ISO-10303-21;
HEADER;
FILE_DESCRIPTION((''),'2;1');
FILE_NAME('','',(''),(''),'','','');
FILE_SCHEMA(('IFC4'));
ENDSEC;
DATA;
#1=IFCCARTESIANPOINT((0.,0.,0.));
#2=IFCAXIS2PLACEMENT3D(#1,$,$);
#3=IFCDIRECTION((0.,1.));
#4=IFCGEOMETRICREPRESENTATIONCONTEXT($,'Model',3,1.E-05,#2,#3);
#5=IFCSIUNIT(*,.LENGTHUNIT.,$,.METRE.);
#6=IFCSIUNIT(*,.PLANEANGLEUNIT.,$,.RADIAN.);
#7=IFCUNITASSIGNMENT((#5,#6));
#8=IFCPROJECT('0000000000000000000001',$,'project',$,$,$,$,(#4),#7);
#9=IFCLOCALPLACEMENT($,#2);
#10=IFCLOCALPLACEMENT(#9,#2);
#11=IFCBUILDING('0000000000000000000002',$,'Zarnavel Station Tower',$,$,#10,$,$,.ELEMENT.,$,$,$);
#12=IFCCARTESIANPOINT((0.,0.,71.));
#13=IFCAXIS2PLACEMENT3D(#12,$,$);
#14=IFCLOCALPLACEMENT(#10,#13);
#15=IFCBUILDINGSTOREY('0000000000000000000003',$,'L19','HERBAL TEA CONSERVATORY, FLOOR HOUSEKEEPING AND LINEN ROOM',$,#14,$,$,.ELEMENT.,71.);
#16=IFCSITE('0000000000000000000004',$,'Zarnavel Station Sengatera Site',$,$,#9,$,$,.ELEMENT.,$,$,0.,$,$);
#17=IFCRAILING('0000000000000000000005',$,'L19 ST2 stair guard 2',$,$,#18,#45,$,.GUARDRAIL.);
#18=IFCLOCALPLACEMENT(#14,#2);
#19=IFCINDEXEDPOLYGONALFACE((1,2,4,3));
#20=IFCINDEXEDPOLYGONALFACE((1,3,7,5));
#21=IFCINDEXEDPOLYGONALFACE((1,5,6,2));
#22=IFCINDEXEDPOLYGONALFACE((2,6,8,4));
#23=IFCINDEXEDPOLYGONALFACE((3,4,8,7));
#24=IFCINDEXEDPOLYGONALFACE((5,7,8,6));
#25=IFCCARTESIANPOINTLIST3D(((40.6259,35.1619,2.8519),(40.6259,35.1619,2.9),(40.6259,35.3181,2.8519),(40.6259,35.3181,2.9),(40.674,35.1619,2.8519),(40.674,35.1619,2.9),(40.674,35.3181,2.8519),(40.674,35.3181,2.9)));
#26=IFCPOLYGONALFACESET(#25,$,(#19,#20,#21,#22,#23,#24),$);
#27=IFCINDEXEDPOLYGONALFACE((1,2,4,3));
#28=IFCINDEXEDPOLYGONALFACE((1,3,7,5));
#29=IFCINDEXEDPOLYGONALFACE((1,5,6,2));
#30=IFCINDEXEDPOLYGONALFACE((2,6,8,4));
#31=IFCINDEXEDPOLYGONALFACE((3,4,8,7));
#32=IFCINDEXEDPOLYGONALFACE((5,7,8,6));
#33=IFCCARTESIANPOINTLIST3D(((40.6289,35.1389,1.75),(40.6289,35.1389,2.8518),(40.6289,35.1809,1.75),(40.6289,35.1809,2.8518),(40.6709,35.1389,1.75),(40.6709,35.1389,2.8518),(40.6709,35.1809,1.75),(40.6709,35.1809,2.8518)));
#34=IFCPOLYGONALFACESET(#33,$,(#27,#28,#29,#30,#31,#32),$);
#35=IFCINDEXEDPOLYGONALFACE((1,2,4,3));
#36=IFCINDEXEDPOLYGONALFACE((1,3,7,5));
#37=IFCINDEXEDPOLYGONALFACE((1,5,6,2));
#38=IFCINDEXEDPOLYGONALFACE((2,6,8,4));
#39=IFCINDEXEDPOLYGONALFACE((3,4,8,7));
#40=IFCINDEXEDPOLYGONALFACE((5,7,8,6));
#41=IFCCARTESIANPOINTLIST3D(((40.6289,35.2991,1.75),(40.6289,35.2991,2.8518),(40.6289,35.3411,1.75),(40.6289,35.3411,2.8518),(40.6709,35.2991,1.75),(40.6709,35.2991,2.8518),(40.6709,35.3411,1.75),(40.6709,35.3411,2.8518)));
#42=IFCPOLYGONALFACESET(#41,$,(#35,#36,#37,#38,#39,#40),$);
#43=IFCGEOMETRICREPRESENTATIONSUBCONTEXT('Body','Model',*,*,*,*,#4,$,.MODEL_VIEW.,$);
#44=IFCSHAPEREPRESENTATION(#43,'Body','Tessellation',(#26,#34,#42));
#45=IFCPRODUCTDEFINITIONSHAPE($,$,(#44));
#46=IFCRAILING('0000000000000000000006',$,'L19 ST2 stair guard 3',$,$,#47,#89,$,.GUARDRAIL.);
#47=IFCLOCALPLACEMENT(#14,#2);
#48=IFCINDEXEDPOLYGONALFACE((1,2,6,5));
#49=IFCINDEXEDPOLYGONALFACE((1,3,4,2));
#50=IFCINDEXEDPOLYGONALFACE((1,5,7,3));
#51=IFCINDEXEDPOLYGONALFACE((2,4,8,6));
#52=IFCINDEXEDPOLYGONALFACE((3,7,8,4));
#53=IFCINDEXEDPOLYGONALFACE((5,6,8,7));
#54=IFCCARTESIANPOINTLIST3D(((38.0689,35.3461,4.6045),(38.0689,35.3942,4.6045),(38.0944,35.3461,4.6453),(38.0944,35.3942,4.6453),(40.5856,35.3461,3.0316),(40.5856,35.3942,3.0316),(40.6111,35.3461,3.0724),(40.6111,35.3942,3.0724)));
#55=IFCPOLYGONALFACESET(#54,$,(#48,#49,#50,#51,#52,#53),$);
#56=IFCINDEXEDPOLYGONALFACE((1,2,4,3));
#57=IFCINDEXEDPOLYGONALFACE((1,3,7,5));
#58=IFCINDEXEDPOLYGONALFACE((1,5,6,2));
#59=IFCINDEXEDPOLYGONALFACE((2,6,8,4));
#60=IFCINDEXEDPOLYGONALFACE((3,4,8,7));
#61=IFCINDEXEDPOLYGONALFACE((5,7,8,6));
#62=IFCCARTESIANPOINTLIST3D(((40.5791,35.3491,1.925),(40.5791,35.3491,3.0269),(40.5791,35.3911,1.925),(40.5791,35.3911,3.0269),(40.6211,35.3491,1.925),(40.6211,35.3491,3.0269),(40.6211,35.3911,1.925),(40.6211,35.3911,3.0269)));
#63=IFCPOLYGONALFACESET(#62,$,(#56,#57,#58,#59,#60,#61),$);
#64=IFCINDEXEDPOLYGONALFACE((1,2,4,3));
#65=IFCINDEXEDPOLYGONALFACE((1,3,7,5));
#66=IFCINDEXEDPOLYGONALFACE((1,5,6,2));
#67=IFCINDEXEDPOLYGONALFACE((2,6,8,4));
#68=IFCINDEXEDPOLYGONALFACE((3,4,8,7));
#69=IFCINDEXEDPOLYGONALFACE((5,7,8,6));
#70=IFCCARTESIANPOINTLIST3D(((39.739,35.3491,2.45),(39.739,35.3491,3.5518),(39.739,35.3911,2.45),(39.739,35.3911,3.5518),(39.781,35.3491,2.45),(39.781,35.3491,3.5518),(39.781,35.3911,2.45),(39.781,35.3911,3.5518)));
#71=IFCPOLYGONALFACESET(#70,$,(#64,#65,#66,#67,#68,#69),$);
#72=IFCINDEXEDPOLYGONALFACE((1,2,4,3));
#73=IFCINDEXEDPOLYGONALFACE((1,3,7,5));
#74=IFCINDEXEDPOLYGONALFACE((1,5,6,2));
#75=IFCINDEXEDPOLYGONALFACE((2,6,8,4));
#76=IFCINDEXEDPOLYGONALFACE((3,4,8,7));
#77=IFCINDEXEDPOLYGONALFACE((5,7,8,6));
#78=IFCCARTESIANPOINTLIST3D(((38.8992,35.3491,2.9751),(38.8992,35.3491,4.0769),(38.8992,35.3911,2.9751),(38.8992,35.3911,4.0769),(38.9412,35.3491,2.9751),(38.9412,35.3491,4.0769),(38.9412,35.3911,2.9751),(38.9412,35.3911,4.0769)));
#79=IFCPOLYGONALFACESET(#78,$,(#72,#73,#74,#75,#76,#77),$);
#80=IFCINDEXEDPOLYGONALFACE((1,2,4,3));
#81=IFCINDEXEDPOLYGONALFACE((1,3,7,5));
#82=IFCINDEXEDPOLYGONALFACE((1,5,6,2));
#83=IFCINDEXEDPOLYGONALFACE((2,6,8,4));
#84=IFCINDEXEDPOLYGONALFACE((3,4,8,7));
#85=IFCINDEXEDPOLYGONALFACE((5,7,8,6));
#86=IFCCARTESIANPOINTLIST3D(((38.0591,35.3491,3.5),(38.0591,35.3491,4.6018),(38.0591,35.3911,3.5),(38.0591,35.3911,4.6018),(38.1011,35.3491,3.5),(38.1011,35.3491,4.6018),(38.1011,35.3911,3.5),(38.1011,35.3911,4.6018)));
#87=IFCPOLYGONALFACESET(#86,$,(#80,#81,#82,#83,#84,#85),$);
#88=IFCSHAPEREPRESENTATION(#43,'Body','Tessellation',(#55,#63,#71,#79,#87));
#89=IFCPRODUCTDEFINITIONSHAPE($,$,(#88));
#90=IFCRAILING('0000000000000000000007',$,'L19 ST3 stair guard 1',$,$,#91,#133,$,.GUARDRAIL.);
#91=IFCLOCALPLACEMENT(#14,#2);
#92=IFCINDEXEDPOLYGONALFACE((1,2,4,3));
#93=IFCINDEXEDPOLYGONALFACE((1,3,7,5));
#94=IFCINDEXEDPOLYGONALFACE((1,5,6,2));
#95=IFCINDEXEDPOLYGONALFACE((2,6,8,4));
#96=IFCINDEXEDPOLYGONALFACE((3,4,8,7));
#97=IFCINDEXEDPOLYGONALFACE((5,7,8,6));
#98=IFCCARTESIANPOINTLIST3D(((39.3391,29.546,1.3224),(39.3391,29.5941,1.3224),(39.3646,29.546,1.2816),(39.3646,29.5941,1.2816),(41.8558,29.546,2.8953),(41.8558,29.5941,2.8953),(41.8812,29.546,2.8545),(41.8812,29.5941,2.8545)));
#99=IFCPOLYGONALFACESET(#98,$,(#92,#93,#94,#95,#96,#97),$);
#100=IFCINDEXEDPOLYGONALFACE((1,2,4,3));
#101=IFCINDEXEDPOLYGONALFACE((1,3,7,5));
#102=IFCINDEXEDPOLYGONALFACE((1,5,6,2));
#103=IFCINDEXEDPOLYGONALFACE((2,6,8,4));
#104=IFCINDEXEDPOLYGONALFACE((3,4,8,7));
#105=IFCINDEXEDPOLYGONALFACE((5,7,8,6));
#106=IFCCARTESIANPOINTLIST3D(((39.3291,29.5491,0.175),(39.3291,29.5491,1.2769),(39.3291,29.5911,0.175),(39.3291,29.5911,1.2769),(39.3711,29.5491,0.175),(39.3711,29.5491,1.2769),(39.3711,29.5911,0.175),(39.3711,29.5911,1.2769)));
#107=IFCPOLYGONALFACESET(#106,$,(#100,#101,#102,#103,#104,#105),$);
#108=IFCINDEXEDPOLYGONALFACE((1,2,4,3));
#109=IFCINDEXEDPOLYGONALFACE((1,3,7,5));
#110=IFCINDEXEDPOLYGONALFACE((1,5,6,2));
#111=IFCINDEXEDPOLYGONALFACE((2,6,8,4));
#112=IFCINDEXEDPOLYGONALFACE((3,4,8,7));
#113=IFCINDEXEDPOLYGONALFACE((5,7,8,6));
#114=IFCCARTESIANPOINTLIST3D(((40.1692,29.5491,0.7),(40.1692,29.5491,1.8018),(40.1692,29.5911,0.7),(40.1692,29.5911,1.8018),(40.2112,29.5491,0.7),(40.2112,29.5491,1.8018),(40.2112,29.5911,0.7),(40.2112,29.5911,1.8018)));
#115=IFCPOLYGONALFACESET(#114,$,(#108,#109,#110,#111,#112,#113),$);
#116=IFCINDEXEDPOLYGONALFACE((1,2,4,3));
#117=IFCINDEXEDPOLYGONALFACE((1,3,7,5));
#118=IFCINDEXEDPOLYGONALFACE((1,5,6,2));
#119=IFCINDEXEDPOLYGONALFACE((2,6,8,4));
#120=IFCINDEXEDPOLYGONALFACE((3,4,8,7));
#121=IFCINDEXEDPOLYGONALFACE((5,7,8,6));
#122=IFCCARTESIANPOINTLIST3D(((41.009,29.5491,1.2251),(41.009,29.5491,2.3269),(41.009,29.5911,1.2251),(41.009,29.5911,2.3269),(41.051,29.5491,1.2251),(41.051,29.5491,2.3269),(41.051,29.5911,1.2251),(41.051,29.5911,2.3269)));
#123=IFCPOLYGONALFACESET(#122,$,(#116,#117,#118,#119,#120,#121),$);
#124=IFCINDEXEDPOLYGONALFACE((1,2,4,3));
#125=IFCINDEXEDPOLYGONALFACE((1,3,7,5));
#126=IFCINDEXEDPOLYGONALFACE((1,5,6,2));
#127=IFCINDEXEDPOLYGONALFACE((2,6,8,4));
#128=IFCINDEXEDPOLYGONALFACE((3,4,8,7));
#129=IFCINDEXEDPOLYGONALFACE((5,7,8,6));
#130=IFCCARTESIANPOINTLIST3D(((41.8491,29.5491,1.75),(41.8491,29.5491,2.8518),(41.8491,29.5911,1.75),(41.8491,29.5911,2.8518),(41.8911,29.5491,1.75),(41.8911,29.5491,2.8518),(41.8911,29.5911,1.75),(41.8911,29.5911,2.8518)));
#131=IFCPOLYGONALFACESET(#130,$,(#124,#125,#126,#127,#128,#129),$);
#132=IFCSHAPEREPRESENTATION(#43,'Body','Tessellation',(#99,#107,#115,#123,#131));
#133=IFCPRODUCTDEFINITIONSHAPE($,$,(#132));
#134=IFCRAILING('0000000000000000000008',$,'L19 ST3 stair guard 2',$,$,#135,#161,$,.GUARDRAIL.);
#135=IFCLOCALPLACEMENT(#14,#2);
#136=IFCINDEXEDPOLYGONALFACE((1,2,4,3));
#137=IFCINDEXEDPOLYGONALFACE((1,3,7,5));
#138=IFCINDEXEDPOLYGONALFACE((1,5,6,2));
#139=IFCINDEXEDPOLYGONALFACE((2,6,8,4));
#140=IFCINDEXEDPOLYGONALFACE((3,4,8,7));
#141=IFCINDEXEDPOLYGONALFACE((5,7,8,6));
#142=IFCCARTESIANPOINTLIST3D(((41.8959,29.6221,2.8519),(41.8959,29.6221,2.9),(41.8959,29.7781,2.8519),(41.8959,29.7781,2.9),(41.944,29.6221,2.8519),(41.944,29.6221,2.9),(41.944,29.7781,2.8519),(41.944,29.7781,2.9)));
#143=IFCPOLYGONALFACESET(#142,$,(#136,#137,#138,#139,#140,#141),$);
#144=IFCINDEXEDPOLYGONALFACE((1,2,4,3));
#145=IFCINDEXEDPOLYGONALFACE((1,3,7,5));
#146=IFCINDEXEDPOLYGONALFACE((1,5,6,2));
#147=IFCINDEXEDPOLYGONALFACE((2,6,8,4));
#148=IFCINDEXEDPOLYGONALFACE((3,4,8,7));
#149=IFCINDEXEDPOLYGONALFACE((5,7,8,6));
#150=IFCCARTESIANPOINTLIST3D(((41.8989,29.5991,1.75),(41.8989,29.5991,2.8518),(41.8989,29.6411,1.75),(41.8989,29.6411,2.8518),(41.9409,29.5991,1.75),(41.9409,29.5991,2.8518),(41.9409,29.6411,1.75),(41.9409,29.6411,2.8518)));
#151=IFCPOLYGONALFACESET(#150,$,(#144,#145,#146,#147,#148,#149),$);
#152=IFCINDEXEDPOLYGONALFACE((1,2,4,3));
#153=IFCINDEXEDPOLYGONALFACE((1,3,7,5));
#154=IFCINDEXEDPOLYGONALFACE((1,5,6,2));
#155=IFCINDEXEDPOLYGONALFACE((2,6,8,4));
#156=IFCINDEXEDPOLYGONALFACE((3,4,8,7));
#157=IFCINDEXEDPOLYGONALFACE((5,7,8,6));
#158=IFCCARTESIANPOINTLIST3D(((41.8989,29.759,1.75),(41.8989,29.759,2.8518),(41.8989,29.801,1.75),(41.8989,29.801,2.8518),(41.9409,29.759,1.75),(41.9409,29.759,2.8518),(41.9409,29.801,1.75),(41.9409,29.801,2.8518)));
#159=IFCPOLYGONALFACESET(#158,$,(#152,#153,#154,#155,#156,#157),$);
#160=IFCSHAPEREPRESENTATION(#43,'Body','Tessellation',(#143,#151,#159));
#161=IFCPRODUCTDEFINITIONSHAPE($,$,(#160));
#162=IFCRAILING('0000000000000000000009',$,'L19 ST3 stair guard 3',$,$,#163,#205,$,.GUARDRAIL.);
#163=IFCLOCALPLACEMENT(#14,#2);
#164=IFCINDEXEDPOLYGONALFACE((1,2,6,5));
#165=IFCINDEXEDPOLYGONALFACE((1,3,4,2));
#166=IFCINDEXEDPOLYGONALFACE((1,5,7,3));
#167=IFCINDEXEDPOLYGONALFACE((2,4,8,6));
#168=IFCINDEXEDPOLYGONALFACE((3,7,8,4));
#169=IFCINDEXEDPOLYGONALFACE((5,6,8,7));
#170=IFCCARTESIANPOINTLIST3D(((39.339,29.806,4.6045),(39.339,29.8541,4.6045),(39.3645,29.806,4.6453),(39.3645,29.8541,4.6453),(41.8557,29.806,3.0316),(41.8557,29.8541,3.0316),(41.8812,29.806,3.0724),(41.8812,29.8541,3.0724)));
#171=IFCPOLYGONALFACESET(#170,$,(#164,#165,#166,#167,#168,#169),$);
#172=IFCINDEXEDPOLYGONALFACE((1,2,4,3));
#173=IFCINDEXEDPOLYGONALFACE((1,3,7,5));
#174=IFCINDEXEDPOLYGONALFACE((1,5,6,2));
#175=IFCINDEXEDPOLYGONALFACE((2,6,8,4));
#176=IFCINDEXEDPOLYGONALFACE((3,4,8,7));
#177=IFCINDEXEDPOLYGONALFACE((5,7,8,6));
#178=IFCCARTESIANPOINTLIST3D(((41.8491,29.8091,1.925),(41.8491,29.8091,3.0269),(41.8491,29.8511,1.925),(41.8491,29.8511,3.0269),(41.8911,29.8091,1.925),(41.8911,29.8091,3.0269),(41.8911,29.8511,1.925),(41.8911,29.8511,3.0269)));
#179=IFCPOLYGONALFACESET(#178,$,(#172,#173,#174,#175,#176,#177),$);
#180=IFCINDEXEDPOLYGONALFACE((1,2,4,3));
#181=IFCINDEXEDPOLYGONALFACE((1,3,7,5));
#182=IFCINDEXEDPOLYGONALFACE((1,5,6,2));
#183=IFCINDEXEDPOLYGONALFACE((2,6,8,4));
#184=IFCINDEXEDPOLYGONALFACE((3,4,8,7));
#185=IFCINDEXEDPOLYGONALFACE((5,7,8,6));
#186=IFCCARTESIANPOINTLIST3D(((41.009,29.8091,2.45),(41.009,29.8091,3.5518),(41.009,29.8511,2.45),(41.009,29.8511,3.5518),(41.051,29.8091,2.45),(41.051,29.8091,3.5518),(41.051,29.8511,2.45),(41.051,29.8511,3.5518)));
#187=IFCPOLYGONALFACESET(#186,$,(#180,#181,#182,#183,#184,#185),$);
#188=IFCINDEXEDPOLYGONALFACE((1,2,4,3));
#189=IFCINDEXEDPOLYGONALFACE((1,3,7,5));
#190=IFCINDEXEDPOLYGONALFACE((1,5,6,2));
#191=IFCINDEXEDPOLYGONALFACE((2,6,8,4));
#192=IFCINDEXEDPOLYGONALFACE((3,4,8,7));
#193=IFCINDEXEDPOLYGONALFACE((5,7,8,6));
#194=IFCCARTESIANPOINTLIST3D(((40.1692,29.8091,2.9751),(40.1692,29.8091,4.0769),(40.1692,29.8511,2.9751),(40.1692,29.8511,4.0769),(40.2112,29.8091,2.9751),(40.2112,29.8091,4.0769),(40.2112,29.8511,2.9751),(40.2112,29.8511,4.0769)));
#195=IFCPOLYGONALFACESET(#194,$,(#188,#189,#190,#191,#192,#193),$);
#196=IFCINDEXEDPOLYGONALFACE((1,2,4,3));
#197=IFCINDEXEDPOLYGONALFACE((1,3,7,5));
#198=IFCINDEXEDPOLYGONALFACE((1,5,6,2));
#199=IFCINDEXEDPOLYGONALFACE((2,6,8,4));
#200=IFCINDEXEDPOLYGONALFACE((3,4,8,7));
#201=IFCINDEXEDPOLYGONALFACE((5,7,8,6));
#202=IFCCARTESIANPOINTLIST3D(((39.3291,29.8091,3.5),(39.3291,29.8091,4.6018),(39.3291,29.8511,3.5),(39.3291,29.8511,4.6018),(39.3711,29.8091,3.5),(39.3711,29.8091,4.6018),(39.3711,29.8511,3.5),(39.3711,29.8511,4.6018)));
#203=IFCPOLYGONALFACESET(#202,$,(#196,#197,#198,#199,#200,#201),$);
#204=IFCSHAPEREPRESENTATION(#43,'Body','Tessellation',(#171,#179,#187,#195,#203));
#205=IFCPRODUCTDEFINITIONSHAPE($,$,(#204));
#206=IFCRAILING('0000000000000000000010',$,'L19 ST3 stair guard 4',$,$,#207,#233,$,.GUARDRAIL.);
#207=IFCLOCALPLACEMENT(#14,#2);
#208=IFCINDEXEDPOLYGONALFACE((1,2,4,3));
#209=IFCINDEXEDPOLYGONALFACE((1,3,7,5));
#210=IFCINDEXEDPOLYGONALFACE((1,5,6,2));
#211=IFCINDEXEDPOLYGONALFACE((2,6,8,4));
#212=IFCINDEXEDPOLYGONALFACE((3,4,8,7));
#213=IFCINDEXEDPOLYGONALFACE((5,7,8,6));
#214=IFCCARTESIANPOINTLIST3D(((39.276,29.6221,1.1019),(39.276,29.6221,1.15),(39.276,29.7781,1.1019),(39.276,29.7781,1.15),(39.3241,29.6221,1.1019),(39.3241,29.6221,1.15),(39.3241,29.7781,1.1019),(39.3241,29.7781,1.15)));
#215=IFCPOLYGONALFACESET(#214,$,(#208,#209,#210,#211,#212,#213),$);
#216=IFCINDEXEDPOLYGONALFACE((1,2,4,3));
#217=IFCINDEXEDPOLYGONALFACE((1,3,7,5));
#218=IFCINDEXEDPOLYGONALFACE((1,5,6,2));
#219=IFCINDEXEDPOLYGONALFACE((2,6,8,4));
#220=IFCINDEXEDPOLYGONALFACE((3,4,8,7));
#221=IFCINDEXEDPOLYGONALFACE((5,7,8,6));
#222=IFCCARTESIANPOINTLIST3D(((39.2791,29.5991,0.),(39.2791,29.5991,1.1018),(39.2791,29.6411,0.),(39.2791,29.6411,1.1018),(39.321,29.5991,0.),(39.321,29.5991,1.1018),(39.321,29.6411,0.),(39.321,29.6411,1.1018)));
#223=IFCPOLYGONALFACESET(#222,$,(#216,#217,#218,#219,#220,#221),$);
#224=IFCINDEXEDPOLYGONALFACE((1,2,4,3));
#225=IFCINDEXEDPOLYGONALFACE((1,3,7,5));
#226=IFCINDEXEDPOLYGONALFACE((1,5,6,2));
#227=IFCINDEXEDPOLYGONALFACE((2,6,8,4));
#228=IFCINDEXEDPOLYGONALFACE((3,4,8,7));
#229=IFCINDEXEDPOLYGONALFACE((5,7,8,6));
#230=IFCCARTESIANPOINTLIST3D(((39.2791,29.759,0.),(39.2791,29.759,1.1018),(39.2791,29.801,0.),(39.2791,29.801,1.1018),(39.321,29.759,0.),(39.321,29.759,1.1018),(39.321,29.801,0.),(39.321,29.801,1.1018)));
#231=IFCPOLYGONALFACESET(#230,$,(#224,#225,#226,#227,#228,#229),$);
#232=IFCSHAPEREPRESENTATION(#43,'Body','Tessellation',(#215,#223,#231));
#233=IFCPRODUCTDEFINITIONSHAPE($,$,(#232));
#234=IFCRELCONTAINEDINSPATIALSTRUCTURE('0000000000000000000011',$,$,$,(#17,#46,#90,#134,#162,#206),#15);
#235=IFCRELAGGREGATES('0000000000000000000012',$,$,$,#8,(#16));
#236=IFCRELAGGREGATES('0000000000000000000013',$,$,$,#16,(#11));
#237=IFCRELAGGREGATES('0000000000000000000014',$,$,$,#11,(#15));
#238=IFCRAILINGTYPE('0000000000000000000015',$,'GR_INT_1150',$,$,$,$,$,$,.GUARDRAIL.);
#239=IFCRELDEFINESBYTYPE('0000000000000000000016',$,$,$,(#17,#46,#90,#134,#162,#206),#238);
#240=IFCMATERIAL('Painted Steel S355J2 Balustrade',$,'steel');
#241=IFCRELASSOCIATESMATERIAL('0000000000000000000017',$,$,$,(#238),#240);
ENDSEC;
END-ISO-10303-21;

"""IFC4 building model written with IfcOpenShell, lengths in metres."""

from ifc_helpers import new_model, si_unit, direction, frame, origin, origin_2d, place, context, subcontext, project, spatial, rectangle, extrude, material, type_object, element, save


model = new_model("IFC4")

# Units and contexts
model_context = context("Model", 3, precision=1e-05, world=origin(), true_north=direction((0.0, 1.0)))
body_context = subcontext(model_context, "Body", "Model", "MODEL_VIEW")
ifc_project = project(units=[si_unit("LENGTHUNIT", "METRE"), si_unit("PLANEANGLEUNIT", "RADIAN")], contexts=[model_context])

# Site, building, storey
site_placement = place(None, origin())
site = spatial("IfcSite", under=ifc_project, at=site_placement, Name="Zarnavel Station Sengatera Site", CompositionType="ELEMENT", RefElevation=0.0)
building_placement = place(site_placement, origin())
building = spatial("IfcBuilding", under=site, at=building_placement, Name="Zarnavel Station Tower", CompositionType="ELEMENT")
storey_placement = place(building_placement, frame((0.0, 0.0, 71.0)))
storey = spatial("IfcBuildingStorey", under=building, at=storey_placement, Name="L19", Description="HERBAL TEA CONSERVATORY, FLOOR HOUSEKEEPING AND LINEN ROOM", CompositionType="ELEMENT", Elevation=71.0)

# Railings
ifc_material_1 = material(Name="Painted Steel S355J2 Balustrade", Category="steel")
railing_type_1 = type_object("IfcRailingType", Name="GR_INT_1150", PredefinedType="GUARDRAIL", material=ifc_material_1)
railing_1_placement = place(storey_placement, frame((40.6499, 35.1599, 1.75)))
element("IfcRailing", 1, at=railing_1_placement, inside=storey, type_object=railing_type_1, Name="L19 ST2 stair guard 2", PredefinedType="GUARDRAIL", context=body_context, shape_type="SweptSolid", body=[
    extrude(rectangle(XDim=0.0481, YDim=0.0481, at=origin_2d()), frame((0.0, 0.002, 1.126), z_axis=(0.0, 1.0, 0.0), x_axis=(-1.0, 0.0, 0.0)), (0.0, 0.0, 1.0), 0.1562),
    extrude(rectangle(XDim=0.042, YDim=0.042, at=origin_2d()), origin(), (0.0, 0.0, 1.0), 1.1018),
    extrude(rectangle(XDim=0.042, YDim=0.042, at=origin_2d()), frame((0.0, 0.1602, 0.0)), (0.0, 0.0, 1.0), 1.1018),
])
railing_2_placement = place(storey_placement, frame((40.6001, 35.3701, 1.925)))
element("IfcRailing", 2, at=railing_2_placement, inside=storey, type_object=railing_type_1, Name="L19 ST2 stair guard 3", PredefinedType="GUARDRAIL", context=body_context, shape_type="SweptSolid", body=[
    extrude(rectangle(XDim=0.0481, YDim=0.0481, at=origin_2d()), frame((-0.0017, 0.0, 1.127), z_axis=(-0.848008, 0.0, 0.529984), x_axis=(0.0, -1.0, 0.0)), (0.0, 0.0, 1.0), 2.9678),
    extrude(rectangle(XDim=0.042, YDim=0.042, at=origin_2d()), origin(), (0.0, 0.0, 1.0), 1.1018),
    extrude(rectangle(XDim=0.042, YDim=0.042, at=origin_2d()), frame((-0.8401, 0.0, 0.5249)), (0.0, 0.0, 1.0), 1.1018),
    extrude(rectangle(XDim=0.042, YDim=0.042, at=origin_2d()), frame((-1.6799, 0.0, 1.05)), (0.0, 0.0, 1.0), 1.1018),
    extrude(rectangle(XDim=0.042, YDim=0.042, at=origin_2d()), frame((-2.52, 0.0, 1.575)), (0.0, 0.0, 1.0), 1.1018),
])
railing_3_placement = place(storey_placement, frame((39.3501, 29.5701, 0.175)))
element("IfcRailing", 3, at=railing_3_placement, inside=storey, type_object=railing_type_1, Name="L19 ST3 stair guard 1", PredefinedType="GUARDRAIL", context=body_context, shape_type="SweptSolid", body=[
    extrude(rectangle(XDim=0.0481, YDim=0.0481, at=origin_2d()), frame((0.0017, 0.0, 1.127), z_axis=(0.848008, 0.0, 0.529984), x_axis=(0.0, 1.0, 0.0)), (0.0, 0.0, 1.0), 2.9678),
    extrude(rectangle(XDim=0.042, YDim=0.042, at=origin_2d()), origin(), (0.0, 0.0, 1.0), 1.1018),
    extrude(rectangle(XDim=0.042, YDim=0.042, at=origin_2d()), frame((0.8401, 0.0, 0.5249)), (0.0, 0.0, 1.0), 1.1018),
    extrude(rectangle(XDim=0.042, YDim=0.042, at=origin_2d()), frame((1.6799, 0.0, 1.05)), (0.0, 0.0, 1.0), 1.1018),
    extrude(rectangle(XDim=0.042, YDim=0.042, at=origin_2d()), frame((2.52, 0.0, 1.575)), (0.0, 0.0, 1.0), 1.1018),
])
railing_4_placement = place(storey_placement, frame((41.9199, 29.6201, 1.75)))
element("IfcRailing", 4, at=railing_4_placement, inside=storey, type_object=railing_type_1, Name="L19 ST3 stair guard 2", PredefinedType="GUARDRAIL", context=body_context, shape_type="SweptSolid", body=[
    extrude(rectangle(XDim=0.0481, YDim=0.0481, at=origin_2d()), frame((0.0, 0.002, 1.126), z_axis=(0.0, 1.0, 0.0), x_axis=(-1.0, 0.0, 0.0)), (0.0, 0.0, 1.0), 0.156),
    extrude(rectangle(XDim=0.042, YDim=0.042, at=origin_2d()), origin(), (0.0, 0.0, 1.0), 1.1018),
    extrude(rectangle(XDim=0.042, YDim=0.042, at=origin_2d()), frame((0.0, 0.1599, 0.0)), (0.0, 0.0, 1.0), 1.1018),
])
railing_5_placement = place(storey_placement, frame((41.8701, 29.8301, 1.925)))
element("IfcRailing", 5, at=railing_5_placement, inside=storey, type_object=railing_type_1, Name="L19 ST3 stair guard 3", PredefinedType="GUARDRAIL", context=body_context, shape_type="SweptSolid", body=[
    extrude(rectangle(XDim=0.0481, YDim=0.0481, at=origin_2d()), frame((-0.0017, 0.0, 1.127), z_axis=(-0.848008, 0.0, 0.529984), x_axis=(0.0, -1.0, 0.0)), (0.0, 0.0, 1.0), 2.9678),
    extrude(rectangle(XDim=0.042, YDim=0.042, at=origin_2d()), origin(), (0.0, 0.0, 1.0), 1.1018),
    extrude(rectangle(XDim=0.042, YDim=0.042, at=origin_2d()), frame((-0.8401, 0.0, 0.5249)), (0.0, 0.0, 1.0), 1.1018),
    extrude(rectangle(XDim=0.042, YDim=0.042, at=origin_2d()), frame((-1.6799, 0.0, 1.05)), (0.0, 0.0, 1.0), 1.1018),
    extrude(rectangle(XDim=0.042, YDim=0.042, at=origin_2d()), frame((-2.52, 0.0, 1.575)), (0.0, 0.0, 1.0), 1.1018),
])
railing_6_placement = place(storey_placement, frame((39.3, 29.6201, 0.0)))
element("IfcRailing", 6, at=railing_6_placement, inside=storey, type_object=railing_type_1, Name="L19 ST3 stair guard 4", PredefinedType="GUARDRAIL", context=body_context, shape_type="SweptSolid", body=[
    extrude(rectangle(XDim=0.0481, YDim=0.0481, at=origin_2d()), frame((0.0, 0.002, 1.126), z_axis=(0.0, 1.0, 0.0), x_axis=(-1.0, 0.0, 0.0)), (0.0, 0.0, 1.0), 0.156),
    extrude(rectangle(XDim=0.042, YDim=0.042, at=origin_2d()), origin(), (0.0, 0.0, 1.0), 1.1018),
    extrude(rectangle(XDim=0.042, YDim=0.042, at=origin_2d()), frame((0.0, 0.1599, 0.0)), (0.0, 0.0, 1.0), 1.1018),
])

save(model, "model.ifc")
